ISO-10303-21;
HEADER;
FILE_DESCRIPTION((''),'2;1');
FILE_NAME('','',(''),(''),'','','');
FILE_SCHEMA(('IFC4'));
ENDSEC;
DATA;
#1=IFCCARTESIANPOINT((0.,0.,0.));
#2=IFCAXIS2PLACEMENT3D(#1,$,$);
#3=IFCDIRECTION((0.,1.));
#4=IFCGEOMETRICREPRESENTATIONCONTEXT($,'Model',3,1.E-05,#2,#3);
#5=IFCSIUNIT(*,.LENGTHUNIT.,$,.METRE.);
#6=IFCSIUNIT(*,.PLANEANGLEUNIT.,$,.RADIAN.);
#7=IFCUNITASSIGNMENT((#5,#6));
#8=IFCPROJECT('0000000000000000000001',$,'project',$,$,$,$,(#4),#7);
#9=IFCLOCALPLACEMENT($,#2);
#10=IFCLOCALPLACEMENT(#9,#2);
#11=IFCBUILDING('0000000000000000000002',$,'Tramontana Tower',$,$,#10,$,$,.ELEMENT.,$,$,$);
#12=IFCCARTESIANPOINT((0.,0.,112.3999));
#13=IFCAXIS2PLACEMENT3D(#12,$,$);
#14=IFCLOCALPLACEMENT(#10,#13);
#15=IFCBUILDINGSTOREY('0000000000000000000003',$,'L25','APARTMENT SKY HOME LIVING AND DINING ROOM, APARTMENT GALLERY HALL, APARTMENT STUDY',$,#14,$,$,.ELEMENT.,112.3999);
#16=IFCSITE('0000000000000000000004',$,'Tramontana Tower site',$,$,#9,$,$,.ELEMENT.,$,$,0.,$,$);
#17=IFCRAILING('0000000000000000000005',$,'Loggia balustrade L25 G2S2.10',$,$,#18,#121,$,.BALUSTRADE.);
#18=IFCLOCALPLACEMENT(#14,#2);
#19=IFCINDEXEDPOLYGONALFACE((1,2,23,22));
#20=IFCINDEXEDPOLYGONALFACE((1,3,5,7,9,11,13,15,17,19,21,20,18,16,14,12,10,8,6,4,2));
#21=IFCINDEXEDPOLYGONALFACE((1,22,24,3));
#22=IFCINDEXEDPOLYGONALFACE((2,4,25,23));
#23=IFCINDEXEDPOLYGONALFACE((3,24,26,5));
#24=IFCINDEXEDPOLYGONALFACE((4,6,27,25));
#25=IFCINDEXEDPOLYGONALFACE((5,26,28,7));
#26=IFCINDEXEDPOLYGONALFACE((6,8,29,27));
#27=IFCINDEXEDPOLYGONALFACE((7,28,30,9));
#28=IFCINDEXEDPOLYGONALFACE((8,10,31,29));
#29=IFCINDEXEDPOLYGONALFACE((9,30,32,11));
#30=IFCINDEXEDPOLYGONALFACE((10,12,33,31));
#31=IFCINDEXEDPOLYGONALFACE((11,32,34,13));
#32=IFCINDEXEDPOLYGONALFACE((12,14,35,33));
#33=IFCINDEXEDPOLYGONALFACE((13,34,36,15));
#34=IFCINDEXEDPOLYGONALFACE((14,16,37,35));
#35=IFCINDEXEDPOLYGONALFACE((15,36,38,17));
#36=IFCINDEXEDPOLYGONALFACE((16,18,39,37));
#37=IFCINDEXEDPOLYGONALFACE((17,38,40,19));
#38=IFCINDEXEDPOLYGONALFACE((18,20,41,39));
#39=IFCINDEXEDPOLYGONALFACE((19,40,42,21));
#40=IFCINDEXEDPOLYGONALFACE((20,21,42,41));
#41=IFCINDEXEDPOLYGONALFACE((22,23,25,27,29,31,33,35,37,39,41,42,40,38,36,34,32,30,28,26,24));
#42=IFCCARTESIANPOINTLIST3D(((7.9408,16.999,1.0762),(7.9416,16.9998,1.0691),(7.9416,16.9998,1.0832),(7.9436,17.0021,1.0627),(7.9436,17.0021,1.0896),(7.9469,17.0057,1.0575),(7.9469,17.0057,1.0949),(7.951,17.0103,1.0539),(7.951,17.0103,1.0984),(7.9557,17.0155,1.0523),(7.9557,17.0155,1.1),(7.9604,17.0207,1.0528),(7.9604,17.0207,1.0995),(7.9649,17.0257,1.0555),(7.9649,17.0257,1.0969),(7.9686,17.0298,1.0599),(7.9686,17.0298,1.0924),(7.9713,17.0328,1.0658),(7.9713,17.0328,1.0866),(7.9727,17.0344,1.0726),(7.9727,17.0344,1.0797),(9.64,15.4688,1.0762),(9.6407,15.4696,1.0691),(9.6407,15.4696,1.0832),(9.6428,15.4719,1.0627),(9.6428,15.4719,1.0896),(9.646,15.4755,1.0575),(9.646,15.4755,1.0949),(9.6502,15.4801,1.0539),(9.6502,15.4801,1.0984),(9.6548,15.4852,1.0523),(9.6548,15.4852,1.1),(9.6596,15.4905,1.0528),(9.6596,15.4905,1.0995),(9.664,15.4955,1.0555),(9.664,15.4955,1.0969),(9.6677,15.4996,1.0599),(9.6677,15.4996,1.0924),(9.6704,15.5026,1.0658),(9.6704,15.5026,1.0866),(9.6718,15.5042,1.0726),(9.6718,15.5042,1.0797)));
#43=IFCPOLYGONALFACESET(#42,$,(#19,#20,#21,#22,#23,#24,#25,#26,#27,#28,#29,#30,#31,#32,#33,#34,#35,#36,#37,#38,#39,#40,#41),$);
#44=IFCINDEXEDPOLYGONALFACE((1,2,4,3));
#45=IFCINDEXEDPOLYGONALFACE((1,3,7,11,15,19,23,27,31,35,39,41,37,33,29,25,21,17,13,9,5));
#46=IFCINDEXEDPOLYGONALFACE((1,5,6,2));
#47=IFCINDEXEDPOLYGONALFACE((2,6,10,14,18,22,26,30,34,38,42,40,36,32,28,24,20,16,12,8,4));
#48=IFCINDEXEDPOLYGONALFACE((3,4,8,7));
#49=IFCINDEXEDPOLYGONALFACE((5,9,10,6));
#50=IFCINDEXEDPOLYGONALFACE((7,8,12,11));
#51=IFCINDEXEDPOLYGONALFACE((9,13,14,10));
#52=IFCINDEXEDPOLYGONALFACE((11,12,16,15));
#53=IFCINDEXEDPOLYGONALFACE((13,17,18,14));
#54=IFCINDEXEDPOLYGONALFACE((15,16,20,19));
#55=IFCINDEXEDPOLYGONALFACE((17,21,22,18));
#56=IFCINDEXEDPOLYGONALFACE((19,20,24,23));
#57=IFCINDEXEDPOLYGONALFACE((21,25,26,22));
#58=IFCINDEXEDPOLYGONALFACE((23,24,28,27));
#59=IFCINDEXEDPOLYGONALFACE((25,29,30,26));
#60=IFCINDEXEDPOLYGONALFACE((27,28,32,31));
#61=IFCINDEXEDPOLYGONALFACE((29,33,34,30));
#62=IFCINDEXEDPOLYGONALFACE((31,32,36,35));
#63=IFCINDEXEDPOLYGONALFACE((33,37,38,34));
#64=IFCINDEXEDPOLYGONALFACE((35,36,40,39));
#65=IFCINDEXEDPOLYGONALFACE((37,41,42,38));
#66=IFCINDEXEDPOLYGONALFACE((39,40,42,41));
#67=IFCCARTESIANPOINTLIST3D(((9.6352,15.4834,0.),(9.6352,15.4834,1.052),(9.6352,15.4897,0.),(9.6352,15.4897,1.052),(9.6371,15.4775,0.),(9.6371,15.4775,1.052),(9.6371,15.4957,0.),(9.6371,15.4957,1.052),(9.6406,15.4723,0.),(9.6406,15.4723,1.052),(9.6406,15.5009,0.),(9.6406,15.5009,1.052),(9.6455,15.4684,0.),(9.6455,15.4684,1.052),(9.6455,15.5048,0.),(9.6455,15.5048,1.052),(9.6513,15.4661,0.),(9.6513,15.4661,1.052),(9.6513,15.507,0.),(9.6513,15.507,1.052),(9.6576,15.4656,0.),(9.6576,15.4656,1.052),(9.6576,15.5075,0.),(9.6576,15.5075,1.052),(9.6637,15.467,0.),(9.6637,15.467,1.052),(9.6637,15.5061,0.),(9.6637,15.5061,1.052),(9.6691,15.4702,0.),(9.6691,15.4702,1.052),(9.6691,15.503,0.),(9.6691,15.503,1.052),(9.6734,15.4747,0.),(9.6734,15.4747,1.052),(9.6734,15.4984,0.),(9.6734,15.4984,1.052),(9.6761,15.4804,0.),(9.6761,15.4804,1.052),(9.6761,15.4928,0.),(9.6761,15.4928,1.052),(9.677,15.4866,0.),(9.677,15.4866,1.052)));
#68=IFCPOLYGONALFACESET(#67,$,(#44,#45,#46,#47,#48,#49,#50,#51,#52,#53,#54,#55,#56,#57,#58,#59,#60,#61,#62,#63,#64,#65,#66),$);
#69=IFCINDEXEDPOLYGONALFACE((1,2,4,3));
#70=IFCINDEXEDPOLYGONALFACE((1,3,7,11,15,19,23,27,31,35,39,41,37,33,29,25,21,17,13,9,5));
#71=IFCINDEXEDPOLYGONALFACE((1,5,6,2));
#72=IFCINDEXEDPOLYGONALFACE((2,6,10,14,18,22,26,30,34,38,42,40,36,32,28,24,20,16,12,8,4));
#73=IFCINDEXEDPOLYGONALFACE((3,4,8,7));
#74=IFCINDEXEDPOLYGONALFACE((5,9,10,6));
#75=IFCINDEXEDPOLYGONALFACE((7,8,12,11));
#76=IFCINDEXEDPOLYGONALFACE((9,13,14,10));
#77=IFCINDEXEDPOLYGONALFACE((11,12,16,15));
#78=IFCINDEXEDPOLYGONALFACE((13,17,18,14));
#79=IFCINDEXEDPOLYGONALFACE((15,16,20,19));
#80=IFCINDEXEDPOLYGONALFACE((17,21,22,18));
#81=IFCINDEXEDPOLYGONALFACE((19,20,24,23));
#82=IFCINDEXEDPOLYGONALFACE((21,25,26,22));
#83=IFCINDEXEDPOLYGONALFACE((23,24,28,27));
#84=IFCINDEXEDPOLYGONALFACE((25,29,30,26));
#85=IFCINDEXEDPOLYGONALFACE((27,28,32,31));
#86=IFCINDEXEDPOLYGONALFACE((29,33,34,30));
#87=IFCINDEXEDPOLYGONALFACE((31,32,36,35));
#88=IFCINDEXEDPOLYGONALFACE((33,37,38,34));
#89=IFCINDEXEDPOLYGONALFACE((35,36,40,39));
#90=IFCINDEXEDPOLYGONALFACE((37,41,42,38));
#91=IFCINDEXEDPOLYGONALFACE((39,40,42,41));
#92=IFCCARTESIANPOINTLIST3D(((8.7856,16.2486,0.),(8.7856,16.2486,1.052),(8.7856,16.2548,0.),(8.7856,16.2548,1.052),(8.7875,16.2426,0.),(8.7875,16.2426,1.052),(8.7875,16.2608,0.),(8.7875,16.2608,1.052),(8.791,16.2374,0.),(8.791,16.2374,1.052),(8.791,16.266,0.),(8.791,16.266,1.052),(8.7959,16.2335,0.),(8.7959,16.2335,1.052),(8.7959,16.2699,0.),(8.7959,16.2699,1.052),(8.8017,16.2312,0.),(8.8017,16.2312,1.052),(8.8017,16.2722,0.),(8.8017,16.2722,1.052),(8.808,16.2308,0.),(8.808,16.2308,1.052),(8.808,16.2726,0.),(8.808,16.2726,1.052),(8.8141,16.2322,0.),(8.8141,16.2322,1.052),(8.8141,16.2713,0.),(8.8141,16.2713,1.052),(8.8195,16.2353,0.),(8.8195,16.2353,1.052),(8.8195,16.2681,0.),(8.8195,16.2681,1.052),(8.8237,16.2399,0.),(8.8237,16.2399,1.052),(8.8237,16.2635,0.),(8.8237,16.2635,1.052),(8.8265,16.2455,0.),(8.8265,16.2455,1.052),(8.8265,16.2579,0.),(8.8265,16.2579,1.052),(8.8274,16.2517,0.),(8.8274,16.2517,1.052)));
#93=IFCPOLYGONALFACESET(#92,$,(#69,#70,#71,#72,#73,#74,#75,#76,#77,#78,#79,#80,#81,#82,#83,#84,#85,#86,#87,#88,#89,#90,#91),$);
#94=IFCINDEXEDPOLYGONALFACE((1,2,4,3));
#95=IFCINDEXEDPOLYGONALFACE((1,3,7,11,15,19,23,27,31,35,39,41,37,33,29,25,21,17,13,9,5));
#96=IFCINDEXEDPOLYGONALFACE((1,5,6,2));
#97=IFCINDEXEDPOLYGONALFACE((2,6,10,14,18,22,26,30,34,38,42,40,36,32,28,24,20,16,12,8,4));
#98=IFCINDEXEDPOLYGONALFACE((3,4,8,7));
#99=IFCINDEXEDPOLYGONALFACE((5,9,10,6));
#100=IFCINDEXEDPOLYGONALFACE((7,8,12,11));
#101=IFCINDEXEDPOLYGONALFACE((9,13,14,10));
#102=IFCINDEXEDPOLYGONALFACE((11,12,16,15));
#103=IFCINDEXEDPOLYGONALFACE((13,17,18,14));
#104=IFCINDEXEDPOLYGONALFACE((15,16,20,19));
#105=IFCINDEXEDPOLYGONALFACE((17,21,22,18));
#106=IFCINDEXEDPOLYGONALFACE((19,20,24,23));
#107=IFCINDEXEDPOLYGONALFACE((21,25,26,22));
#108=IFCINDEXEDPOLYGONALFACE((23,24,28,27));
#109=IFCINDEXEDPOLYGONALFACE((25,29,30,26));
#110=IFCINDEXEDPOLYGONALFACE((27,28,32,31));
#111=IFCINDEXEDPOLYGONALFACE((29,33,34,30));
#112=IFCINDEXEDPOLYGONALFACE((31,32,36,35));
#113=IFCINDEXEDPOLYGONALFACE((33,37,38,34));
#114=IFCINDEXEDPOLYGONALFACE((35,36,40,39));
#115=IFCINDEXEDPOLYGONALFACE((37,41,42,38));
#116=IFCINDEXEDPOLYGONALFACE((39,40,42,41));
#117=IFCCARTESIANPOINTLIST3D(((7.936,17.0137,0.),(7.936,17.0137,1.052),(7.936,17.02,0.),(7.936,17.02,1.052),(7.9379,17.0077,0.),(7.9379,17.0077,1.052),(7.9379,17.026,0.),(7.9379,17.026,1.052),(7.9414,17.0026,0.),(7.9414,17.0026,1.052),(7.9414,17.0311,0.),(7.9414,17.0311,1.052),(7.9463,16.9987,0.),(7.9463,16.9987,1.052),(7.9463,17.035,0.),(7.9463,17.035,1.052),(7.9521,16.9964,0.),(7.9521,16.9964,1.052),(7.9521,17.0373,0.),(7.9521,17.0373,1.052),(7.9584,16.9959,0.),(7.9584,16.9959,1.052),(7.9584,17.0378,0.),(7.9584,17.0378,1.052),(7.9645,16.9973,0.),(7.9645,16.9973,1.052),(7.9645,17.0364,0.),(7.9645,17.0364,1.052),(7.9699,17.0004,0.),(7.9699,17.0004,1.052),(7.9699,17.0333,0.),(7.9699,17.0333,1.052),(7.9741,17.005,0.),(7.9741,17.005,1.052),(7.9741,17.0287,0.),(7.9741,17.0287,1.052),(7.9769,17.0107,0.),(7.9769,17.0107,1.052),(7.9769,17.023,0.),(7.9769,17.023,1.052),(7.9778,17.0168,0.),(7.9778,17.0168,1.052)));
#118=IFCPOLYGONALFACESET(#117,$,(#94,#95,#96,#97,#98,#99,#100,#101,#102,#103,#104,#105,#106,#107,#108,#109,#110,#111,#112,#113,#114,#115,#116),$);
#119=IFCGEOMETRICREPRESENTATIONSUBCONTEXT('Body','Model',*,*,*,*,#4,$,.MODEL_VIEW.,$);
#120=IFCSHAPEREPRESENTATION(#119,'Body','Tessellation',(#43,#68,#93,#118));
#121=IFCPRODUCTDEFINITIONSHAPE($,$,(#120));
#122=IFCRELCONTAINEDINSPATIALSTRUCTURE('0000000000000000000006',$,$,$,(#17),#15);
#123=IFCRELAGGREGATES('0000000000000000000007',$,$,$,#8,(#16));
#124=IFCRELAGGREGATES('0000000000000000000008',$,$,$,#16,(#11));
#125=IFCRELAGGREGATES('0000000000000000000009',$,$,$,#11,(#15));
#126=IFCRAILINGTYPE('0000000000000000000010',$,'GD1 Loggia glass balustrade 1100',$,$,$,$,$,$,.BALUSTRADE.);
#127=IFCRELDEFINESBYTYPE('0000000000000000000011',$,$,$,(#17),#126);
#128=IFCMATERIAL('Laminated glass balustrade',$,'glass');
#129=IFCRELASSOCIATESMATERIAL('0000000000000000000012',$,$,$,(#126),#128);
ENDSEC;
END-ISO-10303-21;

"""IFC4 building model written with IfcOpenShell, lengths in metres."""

from ifc_helpers import new_model, si_unit, direction, frame, origin, origin_2d, place, context, subcontext, project, spatial, circle, extrude, material, type_object, element, save


model = new_model("IFC4")

# Units and contexts
model_context = context("Model", 3, precision=1e-05, world=origin(), true_north=direction((0.0, 1.0)))
body_context = subcontext(model_context, "Body", "Model", "MODEL_VIEW")
ifc_project = project(units=[si_unit("LENGTHUNIT", "METRE"), si_unit("PLANEANGLEUNIT", "RADIAN")], contexts=[model_context])

# Site, building, storey
site_placement = place(None, origin())
site = spatial("IfcSite", under=ifc_project, at=site_placement, Name="Tramontana Tower site", CompositionType="ELEMENT", RefElevation=0.0)
building_placement = place(site_placement, origin())
building = spatial("IfcBuilding", under=site, at=building_placement, Name="Tramontana Tower", CompositionType="ELEMENT")
storey_placement = place(building_placement, frame((0.0, 0.0, 112.3999)))
storey = spatial("IfcBuildingStorey", under=building, at=storey_placement, Name="L25", Description="APARTMENT SKY HOME LIVING AND DINING ROOM, APARTMENT GALLERY HALL, APARTMENT STUDY", CompositionType="ELEMENT", Elevation=112.3999)

# Railing
ifc_material_1 = material(Name="Laminated glass balustrade", Category="glass")
railing_type = type_object("IfcRailingType", Name="GD1 Loggia glass balustrade 1100", PredefinedType="BALUSTRADE", material=ifc_material_1)
railing_1_placement = place(storey_placement, frame((9.656, 15.4866, 0.0)))
element("IfcRailing", 1, at=railing_1_placement, inside=storey, type_object=railing_type, Name="Loggia balustrade L25 G2S2.10", PredefinedType="BALUSTRADE", context=body_context, shape_type="SweptSolid", body=[
    extrude(circle(Radius=0.0239, at=origin_2d()), frame((0.0, 0.0, 1.0762), z_axis=(-0.743082, 0.669201, 0.0), x_axis=(-0.669201, -0.743082, 0.0)), (0.0, 0.0, 1.0), 2.2866),
    extrude(circle(Radius=0.021, at=origin_2d()), origin(), (0.0, 0.0, 1.0), 1.052),
    extrude(circle(Radius=0.021, at=origin_2d()), frame((-0.8496, 0.7651, 0.0)), (0.0, 0.0, 1.0), 1.052),
    extrude(circle(Radius=0.021, at=origin_2d()), frame((-1.6992, 1.5303, 0.0)), (0.0, 0.0, 1.0), 1.052),
])

save(model, "model.ifc")
